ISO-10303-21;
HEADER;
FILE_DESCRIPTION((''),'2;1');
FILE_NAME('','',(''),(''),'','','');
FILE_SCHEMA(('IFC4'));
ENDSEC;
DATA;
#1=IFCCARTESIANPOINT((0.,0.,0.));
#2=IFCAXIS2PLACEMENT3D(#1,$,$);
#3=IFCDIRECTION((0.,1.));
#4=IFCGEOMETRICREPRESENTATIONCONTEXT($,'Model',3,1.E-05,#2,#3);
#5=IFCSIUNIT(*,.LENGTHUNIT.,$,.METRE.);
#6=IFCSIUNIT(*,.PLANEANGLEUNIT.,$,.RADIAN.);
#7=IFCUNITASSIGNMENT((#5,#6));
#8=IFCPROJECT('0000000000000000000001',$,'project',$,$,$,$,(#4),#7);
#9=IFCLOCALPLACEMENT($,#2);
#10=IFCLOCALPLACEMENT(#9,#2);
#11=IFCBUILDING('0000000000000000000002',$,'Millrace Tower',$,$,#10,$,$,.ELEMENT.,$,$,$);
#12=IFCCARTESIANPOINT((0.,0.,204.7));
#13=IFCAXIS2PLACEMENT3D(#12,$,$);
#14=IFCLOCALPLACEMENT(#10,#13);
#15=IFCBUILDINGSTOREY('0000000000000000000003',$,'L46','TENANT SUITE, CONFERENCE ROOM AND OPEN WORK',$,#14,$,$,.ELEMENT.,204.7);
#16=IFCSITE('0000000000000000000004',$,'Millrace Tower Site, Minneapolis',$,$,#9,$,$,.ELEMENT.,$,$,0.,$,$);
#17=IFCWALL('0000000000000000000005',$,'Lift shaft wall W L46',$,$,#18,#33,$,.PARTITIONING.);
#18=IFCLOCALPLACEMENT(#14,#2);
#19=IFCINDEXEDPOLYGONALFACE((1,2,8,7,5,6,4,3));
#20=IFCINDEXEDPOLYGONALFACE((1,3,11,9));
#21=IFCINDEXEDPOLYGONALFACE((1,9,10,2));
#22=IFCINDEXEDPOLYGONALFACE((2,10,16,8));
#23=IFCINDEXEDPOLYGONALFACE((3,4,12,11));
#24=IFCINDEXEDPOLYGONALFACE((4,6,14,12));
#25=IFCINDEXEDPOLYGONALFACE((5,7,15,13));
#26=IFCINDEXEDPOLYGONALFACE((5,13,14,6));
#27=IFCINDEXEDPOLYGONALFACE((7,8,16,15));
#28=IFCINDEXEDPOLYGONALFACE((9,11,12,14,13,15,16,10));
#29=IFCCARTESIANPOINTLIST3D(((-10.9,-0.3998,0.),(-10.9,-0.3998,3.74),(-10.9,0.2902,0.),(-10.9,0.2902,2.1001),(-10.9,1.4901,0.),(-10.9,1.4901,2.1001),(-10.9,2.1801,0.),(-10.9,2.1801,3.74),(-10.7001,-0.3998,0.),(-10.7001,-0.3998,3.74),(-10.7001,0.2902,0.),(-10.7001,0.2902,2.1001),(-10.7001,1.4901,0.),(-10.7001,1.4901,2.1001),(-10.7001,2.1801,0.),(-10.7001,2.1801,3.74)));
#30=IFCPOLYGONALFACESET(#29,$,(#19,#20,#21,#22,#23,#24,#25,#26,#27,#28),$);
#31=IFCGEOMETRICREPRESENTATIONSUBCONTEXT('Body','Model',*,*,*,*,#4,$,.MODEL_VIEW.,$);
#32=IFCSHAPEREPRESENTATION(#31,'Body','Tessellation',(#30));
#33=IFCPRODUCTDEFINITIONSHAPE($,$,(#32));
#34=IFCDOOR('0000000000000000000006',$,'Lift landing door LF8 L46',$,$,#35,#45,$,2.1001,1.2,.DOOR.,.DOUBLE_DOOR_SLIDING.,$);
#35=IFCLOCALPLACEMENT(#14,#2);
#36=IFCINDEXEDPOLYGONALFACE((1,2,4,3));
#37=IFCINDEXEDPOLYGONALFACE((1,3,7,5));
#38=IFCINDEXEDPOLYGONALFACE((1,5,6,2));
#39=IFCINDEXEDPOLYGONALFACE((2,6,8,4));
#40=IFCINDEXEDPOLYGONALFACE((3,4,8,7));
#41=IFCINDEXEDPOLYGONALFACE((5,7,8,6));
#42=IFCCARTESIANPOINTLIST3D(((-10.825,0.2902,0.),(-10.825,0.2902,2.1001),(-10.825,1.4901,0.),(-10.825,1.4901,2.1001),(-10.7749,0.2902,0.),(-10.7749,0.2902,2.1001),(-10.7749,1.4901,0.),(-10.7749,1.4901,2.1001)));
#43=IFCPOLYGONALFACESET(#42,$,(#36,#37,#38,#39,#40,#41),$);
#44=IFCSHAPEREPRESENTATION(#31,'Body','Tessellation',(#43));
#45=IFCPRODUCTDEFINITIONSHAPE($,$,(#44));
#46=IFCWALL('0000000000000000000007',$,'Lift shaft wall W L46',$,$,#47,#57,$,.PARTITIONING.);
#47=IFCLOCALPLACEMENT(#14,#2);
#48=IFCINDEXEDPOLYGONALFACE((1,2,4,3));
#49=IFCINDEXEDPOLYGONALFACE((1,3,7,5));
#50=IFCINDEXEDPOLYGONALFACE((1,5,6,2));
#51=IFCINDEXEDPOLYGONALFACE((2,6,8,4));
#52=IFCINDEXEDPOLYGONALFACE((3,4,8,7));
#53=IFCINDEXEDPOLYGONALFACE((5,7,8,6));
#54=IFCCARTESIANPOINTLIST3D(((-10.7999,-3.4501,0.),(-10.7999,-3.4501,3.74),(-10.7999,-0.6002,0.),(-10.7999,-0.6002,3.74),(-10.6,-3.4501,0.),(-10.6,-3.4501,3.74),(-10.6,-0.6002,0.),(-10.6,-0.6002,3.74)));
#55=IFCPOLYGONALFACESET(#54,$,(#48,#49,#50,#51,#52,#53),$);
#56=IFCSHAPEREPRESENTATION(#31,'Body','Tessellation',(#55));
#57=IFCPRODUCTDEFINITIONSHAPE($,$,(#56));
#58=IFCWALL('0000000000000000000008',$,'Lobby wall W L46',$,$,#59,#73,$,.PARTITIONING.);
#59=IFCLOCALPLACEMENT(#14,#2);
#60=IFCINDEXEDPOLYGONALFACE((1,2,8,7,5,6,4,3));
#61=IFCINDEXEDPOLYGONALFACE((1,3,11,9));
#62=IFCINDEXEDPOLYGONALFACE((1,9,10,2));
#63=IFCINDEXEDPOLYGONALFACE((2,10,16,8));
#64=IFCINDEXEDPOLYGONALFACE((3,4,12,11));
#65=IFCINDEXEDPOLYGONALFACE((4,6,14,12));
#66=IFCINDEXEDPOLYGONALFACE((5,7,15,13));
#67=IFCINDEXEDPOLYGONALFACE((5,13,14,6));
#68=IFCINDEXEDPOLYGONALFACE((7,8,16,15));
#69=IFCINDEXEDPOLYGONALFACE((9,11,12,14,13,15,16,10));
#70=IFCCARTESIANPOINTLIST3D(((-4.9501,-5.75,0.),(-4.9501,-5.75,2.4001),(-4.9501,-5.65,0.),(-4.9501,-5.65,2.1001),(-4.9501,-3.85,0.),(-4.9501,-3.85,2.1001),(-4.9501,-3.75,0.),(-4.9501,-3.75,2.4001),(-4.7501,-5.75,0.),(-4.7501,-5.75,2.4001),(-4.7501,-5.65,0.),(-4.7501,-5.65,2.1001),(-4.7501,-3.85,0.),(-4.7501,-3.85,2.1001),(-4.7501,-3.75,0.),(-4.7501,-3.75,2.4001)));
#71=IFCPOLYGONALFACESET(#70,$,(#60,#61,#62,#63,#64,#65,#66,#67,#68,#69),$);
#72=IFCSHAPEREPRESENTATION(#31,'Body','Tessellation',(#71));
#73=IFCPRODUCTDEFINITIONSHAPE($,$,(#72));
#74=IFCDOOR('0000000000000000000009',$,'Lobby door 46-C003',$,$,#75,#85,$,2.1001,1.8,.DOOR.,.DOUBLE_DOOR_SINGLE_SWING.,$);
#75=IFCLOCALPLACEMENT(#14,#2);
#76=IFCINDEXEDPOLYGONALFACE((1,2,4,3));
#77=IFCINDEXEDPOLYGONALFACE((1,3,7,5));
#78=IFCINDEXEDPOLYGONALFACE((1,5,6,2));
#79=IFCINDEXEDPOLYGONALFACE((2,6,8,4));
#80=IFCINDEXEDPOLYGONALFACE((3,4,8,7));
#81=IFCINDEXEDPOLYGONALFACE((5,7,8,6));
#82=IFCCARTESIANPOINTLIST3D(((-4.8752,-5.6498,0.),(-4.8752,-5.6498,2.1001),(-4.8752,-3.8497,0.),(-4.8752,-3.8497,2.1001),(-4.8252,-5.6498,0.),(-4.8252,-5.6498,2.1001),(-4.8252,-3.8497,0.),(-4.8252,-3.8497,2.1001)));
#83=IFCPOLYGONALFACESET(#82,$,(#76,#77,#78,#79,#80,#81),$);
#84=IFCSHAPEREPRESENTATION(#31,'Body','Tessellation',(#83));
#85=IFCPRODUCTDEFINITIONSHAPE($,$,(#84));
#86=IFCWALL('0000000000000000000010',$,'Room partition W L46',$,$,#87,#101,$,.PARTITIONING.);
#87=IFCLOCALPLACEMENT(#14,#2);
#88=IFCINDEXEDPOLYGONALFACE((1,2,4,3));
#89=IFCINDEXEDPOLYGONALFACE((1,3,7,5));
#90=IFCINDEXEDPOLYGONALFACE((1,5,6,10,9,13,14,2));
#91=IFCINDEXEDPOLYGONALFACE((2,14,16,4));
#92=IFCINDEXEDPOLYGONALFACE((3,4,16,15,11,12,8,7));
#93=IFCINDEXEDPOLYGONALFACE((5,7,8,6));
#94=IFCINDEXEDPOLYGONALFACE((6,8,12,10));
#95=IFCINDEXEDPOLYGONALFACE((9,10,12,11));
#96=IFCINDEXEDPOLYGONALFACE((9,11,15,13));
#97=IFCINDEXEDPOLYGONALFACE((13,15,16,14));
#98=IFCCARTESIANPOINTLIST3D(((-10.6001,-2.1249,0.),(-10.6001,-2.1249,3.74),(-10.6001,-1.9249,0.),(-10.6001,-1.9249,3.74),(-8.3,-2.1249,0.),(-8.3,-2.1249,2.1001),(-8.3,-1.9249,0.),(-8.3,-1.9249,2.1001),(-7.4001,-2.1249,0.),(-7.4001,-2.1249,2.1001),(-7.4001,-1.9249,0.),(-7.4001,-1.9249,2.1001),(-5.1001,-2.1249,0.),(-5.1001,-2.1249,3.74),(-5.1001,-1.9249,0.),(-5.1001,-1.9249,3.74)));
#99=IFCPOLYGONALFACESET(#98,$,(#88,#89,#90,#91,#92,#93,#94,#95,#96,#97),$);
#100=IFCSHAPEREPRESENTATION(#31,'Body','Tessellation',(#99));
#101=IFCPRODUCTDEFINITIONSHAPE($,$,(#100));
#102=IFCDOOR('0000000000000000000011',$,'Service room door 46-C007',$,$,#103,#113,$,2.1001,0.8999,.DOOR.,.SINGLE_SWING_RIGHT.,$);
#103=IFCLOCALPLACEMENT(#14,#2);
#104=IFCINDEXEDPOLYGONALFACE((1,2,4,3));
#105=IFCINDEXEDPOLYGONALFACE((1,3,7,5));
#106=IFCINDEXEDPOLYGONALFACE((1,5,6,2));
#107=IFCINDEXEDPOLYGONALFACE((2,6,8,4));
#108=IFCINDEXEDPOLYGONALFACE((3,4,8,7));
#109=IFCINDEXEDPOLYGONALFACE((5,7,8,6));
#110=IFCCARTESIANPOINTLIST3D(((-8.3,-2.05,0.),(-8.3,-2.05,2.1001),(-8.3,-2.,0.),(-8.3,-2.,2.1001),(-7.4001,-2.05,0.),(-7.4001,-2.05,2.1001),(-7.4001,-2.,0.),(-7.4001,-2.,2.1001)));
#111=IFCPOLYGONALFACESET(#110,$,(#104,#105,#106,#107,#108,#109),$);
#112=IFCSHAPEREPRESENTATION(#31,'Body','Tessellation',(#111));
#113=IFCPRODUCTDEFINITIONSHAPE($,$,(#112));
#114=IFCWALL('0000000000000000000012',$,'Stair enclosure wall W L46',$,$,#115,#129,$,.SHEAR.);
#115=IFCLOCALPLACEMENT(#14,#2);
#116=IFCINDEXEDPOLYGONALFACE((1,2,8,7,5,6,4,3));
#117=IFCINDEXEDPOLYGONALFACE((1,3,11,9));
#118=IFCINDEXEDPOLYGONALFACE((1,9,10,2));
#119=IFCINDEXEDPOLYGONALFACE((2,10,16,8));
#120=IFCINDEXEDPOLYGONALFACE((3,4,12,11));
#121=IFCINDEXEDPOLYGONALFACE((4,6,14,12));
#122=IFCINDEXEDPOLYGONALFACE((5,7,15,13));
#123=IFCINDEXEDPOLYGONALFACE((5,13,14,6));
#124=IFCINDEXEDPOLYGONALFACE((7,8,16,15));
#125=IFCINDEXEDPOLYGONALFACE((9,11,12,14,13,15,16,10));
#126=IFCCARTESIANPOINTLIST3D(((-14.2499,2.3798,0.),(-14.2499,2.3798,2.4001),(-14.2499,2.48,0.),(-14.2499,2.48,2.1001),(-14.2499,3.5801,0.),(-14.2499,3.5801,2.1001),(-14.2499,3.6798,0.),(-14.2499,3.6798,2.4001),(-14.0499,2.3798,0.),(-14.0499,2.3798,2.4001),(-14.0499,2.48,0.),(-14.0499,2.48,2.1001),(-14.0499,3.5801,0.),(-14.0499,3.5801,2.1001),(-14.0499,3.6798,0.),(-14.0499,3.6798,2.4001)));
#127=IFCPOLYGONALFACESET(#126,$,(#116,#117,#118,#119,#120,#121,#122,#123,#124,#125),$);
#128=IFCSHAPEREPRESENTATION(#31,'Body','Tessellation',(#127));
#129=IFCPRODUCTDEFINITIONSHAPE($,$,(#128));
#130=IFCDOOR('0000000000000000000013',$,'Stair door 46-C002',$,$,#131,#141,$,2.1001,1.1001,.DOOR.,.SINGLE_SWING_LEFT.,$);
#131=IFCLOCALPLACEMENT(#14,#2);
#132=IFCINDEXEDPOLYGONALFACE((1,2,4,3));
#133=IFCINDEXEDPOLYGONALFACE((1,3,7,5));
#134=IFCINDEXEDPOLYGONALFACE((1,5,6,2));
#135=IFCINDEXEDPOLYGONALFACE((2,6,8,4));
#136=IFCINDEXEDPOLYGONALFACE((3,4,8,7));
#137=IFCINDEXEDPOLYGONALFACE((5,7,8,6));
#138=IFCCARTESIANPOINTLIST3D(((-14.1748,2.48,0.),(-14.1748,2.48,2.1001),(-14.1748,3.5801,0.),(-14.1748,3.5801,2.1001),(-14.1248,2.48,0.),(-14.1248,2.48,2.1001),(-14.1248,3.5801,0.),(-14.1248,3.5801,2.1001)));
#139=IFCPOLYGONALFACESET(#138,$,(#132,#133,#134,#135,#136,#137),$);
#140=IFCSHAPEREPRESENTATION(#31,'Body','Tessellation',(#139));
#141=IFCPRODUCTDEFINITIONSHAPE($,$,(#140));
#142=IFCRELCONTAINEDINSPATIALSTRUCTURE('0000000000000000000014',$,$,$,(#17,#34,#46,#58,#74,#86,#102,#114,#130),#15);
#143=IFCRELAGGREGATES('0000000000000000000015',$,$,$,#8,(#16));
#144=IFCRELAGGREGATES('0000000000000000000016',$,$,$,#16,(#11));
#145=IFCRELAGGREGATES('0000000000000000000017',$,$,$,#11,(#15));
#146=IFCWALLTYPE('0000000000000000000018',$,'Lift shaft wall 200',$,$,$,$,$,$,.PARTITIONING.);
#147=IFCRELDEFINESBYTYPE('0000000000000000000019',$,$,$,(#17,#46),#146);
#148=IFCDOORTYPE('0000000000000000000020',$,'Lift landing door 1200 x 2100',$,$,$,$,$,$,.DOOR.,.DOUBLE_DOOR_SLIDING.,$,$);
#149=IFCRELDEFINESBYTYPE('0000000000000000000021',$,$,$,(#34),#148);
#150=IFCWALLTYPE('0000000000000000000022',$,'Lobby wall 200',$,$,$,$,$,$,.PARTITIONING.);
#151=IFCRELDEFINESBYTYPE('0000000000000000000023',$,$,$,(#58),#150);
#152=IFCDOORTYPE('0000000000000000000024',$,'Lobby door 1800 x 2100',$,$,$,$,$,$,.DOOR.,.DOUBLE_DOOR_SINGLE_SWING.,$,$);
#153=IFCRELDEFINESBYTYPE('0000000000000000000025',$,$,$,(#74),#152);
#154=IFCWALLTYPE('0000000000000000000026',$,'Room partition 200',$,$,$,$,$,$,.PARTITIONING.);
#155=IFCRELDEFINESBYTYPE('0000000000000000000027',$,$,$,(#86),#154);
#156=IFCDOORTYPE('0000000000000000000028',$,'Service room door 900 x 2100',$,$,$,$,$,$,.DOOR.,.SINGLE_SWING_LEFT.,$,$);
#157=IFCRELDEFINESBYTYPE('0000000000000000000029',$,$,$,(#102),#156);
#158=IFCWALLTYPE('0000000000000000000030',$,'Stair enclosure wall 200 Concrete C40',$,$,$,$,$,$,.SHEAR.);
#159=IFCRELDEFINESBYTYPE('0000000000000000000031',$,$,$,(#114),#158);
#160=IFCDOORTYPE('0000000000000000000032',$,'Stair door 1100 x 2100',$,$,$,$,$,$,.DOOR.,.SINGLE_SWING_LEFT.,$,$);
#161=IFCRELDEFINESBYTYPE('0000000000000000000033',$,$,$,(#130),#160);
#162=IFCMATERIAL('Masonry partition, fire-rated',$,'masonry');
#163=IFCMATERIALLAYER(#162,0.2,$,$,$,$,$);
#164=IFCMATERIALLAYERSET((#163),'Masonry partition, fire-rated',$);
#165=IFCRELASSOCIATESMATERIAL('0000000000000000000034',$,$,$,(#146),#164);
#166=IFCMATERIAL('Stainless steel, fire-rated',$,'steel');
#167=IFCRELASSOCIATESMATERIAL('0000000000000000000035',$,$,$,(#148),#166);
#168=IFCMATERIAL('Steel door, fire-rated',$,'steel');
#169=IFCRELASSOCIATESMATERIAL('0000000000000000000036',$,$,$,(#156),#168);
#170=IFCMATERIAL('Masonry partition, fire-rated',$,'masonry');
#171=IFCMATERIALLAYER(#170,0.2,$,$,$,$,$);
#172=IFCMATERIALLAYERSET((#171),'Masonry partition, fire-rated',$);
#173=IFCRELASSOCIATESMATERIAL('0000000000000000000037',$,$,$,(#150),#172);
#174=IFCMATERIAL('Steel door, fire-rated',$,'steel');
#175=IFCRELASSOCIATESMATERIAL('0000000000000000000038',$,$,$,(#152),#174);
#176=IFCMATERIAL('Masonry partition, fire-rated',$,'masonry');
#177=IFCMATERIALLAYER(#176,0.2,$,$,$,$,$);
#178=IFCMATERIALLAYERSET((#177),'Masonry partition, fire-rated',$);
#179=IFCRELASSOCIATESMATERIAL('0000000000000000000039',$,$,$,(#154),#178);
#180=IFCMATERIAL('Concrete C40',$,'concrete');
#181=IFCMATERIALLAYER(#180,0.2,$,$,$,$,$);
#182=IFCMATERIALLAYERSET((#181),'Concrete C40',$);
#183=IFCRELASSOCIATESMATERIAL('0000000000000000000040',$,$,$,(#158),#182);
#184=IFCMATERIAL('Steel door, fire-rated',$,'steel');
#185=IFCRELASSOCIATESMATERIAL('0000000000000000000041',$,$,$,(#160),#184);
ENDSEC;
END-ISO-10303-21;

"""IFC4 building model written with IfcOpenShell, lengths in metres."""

from ifc_helpers import new_model, si_unit, direction, frame, frame_2d, origin, place, context, subcontext, project, spatial, rectangle, extrude, material, layer, layer_set, type_object, element, fill, save


model = new_model("IFC4")

# Units and contexts
model_context = context("Model", 3, precision=1e-05, world=origin(), true_north=direction((0.0, 1.0)))
body_context = subcontext(model_context, "Body", "Model", "MODEL_VIEW")
ifc_project = project(units=[si_unit("LENGTHUNIT", "METRE"), si_unit("PLANEANGLEUNIT", "RADIAN")], contexts=[model_context])

# Site, building, storey
site_placement = place(None, origin())
site = spatial("IfcSite", under=ifc_project, at=site_placement, Name="Millrace Tower Site, Minneapolis", CompositionType="ELEMENT", RefElevation=0.0)
building_placement = place(site_placement, origin())
building = spatial("IfcBuilding", under=site, at=building_placement, Name="Millrace Tower", CompositionType="ELEMENT")
storey_placement = place(building_placement, frame((0.0, 0.0, 204.7)))
storey = spatial("IfcBuildingStorey", under=building, at=storey_placement, Name="L46", Description="TENANT SUITE, CONFERENCE ROOM AND OPEN WORK", CompositionType="ELEMENT", Elevation=204.7)

# Shared definitions
ifc_material_1 = material(Name="Masonry partition, fire-rated", Category="masonry")
ifc_layer_1 = layer(ifc_material_1, 0.2)
ifc_layer_set_1 = layer_set([ifc_layer_1], Name="Masonry partition, fire-rated")
wall_type_1 = type_object("IfcWallType", Name="Lift shaft wall 200", PredefinedType="PARTITIONING", material=ifc_layer_set_1)
ifc_material_2 = material(Name="Stainless steel, fire-rated", Category="steel")
door_type_1 = type_object("IfcDoorType", Name="Lift landing door 1200 x 2100", OperationType="DOUBLE_DOOR_SLIDING", PredefinedType="DOOR", material=ifc_material_2)
ifc_material_3 = material(Name="Steel door, fire-rated", Category="steel")
door_type_2 = type_object("IfcDoorType", Name="Service room door 900 x 2100", OperationType="SINGLE_SWING_LEFT", PredefinedType="DOOR", material=ifc_material_3)

# Wall, opening, door
wall_1_placement = place(storey_placement, frame((-10.8, -0.3999, 0.0), z_axis=(0.0, 0.0, 1.0), x_axis=(0.0, 1.0, 0.0)))
wall_1 = element("IfcWall", 1, at=wall_1_placement, inside=storey, type_object=wall_type_1, Name="Lift shaft wall W L46", PredefinedType="PARTITIONING", context=body_context, shape_type="SweptSolid", body=[
    extrude(rectangle(XDim=2.5798, YDim=0.2, at=frame_2d((1.29, 0.0))), origin(), (0.0, 0.0, 1.0), 3.74),
])
opening_1_placement = place(wall_1_placement, frame((0.6899, 0.0, 0.0)))
opening_1 = element("IfcOpeningElement", 2, at=opening_1_placement, cuts=wall_1, PredefinedType="OPENING", context=body_context, shape_type="SweptSolid", body=[
    extrude(rectangle(XDim=1.2, YDim=2.1001, at=frame_2d((0.6001, 1.05))), frame((0.0, 0.1099, 0.0), z_axis=(0.0, -1.0, 0.0), x_axis=(1.0, 0.0, 0.0)), (0.0, 0.0, 1.0), 0.22),
])
door_1_placement = place(opening_1_placement, origin())
door_1 = element("IfcDoor", 3, at=door_1_placement, inside=storey, type_object=door_type_1, Name="Lift landing door LF8 L46", OperationType="DOUBLE_DOOR_SLIDING", OverallHeight=2.1001, OverallWidth=1.2, PredefinedType="DOOR", context=body_context, shape_type="SweptSolid", body=[
    extrude(rectangle(XDim=1.2, YDim=2.1001, at=frame_2d((0.6001, 1.05))), frame((0.0, 0.0249, 0.0), z_axis=(0.0, -1.0, 0.0), x_axis=(1.0, 0.0, 0.0)), (0.0, 0.0, 1.0), 0.05),
])
fill(opening_1, door_1)

# Wall
wall_2_placement = place(storey_placement, frame((-10.7, -3.45, 0.0), z_axis=(0.0, 0.0, 1.0), x_axis=(0.0, 1.0, 0.0)))
element("IfcWall", 4, at=wall_2_placement, inside=storey, type_object=wall_type_1, Name="Lift shaft wall W L46", PredefinedType="PARTITIONING", context=body_context, shape_type="SweptSolid", body=[
    extrude(rectangle(XDim=2.8499, YDim=0.2, at=frame_2d((1.4248, 0.0))), origin(), (0.0, 0.0, 1.0), 3.74),
])

# Walls, openings, doors
ifc_material_4 = material(Name="Masonry partition, fire-rated", Category="masonry")
ifc_layer_2 = layer(ifc_material_4, 0.2)
ifc_layer_set_2 = layer_set([ifc_layer_2], Name="Masonry partition, fire-rated")
wall_type_2 = type_object("IfcWallType", Name="Lobby wall 200", PredefinedType="PARTITIONING", material=ifc_layer_set_2)
wall_3_placement = place(storey_placement, frame((-4.8501, -5.75, 0.0), z_axis=(0.0, 0.0, 1.0), x_axis=(0.0, 1.0, 0.0)))
wall_3 = element("IfcWall", 5, at=wall_3_placement, inside=storey, type_object=wall_type_2, Name="Lobby wall W L46", PredefinedType="PARTITIONING", context=body_context, shape_type="SweptSolid", body=[
    extrude(rectangle(XDim=2.0, YDim=0.2, at=frame_2d((1.0, 0.0))), origin(), (0.0, 0.0, 1.0), 2.4001),
])
opening_2_placement = place(wall_3_placement, frame((0.1001, 0.0, 0.0)))
opening_2 = element("IfcOpeningElement", 6, at=opening_2_placement, cuts=wall_3, PredefinedType="OPENING", context=body_context, shape_type="SweptSolid", body=[
    extrude(rectangle(XDim=1.8, YDim=2.1001, at=frame_2d((0.8999, 1.05))), frame((0.0, 0.1099, 0.0), z_axis=(0.0, -1.0, 0.0), x_axis=(1.0, 0.0, 0.0)), (0.0, 0.0, 1.0), 0.22),
])
ifc_material_5 = material(Name="Steel door, fire-rated", Category="steel")
door_type_3 = type_object("IfcDoorType", Name="Lobby door 1800 x 2100", OperationType="DOUBLE_DOOR_SINGLE_SWING", PredefinedType="DOOR", material=ifc_material_5)
door_2_placement = place(opening_2_placement, frame((1.8, 0.0, 0.0), z_axis=(0.0, 0.0, 1.0), x_axis=(-1.0, 0.0, 0.0)))
door_2 = element("IfcDoor", 7, at=door_2_placement, inside=storey, type_object=door_type_3, Name="Lobby door 46-C003", OperationType="DOUBLE_DOOR_SINGLE_SWING", OverallHeight=2.1001, OverallWidth=1.8, PredefinedType="DOOR", context=body_context, shape_type="SweptSolid", body=[
    extrude(rectangle(XDim=1.8, YDim=2.1001, at=frame_2d((0.8999, 1.05))), frame((0.0, 0.0249, 0.0), z_axis=(0.0, -1.0, 0.0), x_axis=(1.0, 0.0, 0.0)), (0.0, 0.0, 1.0), 0.05),
])
fill(opening_2, door_2)
ifc_material_6 = material(Name="Masonry partition, fire-rated", Category="masonry")
ifc_layer_3 = layer(ifc_material_6, 0.2)
ifc_layer_set_3 = layer_set([ifc_layer_3], Name="Masonry partition, fire-rated")
wall_type_3 = type_object("IfcWallType", Name="Room partition 200", PredefinedType="PARTITIONING", material=ifc_layer_set_3)
wall_4_placement = place(storey_placement, frame((-10.6001, -2.0249, 0.0), z_axis=(0.0, 0.0, 1.0), x_axis=(1.0, 0.0, 0.0)))
wall_4 = element("IfcWall", 8, at=wall_4_placement, inside=storey, type_object=wall_type_3, Name="Room partition W L46", PredefinedType="PARTITIONING", context=body_context, shape_type="SweptSolid", body=[
    extrude(rectangle(XDim=5.5, YDim=0.2, at=frame_2d((2.75, 0.0))), origin(), (0.0, 0.0, 1.0), 3.74),
])
opening_3_placement = place(wall_4_placement, frame((2.3, 0.0, 0.0)))
opening_3 = element("IfcOpeningElement", 9, at=opening_3_placement, cuts=wall_4, PredefinedType="OPENING", context=body_context, shape_type="SweptSolid", body=[
    extrude(rectangle(XDim=0.8999, YDim=2.1001, at=frame_2d((0.45, 1.05))), frame((0.0, 0.1099, 0.0), z_axis=(0.0, -1.0, 0.0), x_axis=(1.0, 0.0, 0.0)), (0.0, 0.0, 1.0), 0.22),
])
door_3_placement = place(opening_3_placement, origin())
door_3 = element("IfcDoor", 10, at=door_3_placement, inside=storey, type_object=door_type_2, Name="Service room door 46-C007", OperationType="SINGLE_SWING_RIGHT", OverallHeight=2.1001, OverallWidth=0.8999, PredefinedType="DOOR", context=body_context, shape_type="SweptSolid", body=[
    extrude(rectangle(XDim=0.8999, YDim=2.1001, at=frame_2d((0.45, 1.05))), frame((0.0, 0.0249, 0.0), z_axis=(0.0, -1.0, 0.0), x_axis=(1.0, 0.0, 0.0)), (0.0, 0.0, 1.0), 0.05),
])
fill(opening_3, door_3)
ifc_material_7 = material(Name="Concrete C40", Category="concrete")
ifc_layer_4 = layer(ifc_material_7, 0.2)
ifc_layer_set_4 = layer_set([ifc_layer_4], Name="Concrete C40")
wall_type_4 = type_object("IfcWallType", Name="Stair enclosure wall 200 Concrete C40", PredefinedType="SHEAR", material=ifc_layer_set_4)
wall_5_placement = place(storey_placement, frame((-14.1499, 2.3799, 0.0), z_axis=(0.0, 0.0, 1.0), x_axis=(0.0, 1.0, 0.0)))
wall_5 = element("IfcWall", 11, at=wall_5_placement, inside=storey, type_object=wall_type_4, Name="Stair enclosure wall W L46", PredefinedType="SHEAR", context=body_context, shape_type="SweptSolid", body=[
    extrude(rectangle(XDim=1.3, YDim=0.2, at=frame_2d((0.6499, 0.0))), origin(), (0.0, 0.0, 1.0), 2.4001),
])
opening_4_placement = place(wall_5_placement, frame((0.1001, 0.0, 0.0)))
opening_4 = element("IfcOpeningElement", 12, at=opening_4_placement, cuts=wall_5, PredefinedType="OPENING", context=body_context, shape_type="SweptSolid", body=[
    extrude(rectangle(XDim=1.1001, YDim=2.1001, at=frame_2d((0.55, 1.05))), frame((0.0, 0.1099, 0.0), z_axis=(0.0, -1.0, 0.0), x_axis=(1.0, 0.0, 0.0)), (0.0, 0.0, 1.0), 0.22),
])
ifc_material_8 = material(Name="Steel door, fire-rated", Category="steel")
door_type_4 = type_object("IfcDoorType", Name="Stair door 1100 x 2100", OperationType="SINGLE_SWING_LEFT", PredefinedType="DOOR", material=ifc_material_8)
door_4_placement = place(opening_4_placement, origin())
door_4 = element("IfcDoor", 13, at=door_4_placement, inside=storey, type_object=door_type_4, Name="Stair door 46-C002", OperationType="SINGLE_SWING_LEFT", OverallHeight=2.1001, OverallWidth=1.1001, PredefinedType="DOOR", context=body_context, shape_type="SweptSolid", body=[
    extrude(rectangle(XDim=1.1001, YDim=2.1001, at=frame_2d((0.55, 1.05))), frame((0.0, 0.0249, 0.0), z_axis=(0.0, -1.0, 0.0), x_axis=(1.0, 0.0, 0.0)), (0.0, 0.0, 1.0), 0.05),
])
fill(opening_4, door_4)

save(model, "model.ifc")
